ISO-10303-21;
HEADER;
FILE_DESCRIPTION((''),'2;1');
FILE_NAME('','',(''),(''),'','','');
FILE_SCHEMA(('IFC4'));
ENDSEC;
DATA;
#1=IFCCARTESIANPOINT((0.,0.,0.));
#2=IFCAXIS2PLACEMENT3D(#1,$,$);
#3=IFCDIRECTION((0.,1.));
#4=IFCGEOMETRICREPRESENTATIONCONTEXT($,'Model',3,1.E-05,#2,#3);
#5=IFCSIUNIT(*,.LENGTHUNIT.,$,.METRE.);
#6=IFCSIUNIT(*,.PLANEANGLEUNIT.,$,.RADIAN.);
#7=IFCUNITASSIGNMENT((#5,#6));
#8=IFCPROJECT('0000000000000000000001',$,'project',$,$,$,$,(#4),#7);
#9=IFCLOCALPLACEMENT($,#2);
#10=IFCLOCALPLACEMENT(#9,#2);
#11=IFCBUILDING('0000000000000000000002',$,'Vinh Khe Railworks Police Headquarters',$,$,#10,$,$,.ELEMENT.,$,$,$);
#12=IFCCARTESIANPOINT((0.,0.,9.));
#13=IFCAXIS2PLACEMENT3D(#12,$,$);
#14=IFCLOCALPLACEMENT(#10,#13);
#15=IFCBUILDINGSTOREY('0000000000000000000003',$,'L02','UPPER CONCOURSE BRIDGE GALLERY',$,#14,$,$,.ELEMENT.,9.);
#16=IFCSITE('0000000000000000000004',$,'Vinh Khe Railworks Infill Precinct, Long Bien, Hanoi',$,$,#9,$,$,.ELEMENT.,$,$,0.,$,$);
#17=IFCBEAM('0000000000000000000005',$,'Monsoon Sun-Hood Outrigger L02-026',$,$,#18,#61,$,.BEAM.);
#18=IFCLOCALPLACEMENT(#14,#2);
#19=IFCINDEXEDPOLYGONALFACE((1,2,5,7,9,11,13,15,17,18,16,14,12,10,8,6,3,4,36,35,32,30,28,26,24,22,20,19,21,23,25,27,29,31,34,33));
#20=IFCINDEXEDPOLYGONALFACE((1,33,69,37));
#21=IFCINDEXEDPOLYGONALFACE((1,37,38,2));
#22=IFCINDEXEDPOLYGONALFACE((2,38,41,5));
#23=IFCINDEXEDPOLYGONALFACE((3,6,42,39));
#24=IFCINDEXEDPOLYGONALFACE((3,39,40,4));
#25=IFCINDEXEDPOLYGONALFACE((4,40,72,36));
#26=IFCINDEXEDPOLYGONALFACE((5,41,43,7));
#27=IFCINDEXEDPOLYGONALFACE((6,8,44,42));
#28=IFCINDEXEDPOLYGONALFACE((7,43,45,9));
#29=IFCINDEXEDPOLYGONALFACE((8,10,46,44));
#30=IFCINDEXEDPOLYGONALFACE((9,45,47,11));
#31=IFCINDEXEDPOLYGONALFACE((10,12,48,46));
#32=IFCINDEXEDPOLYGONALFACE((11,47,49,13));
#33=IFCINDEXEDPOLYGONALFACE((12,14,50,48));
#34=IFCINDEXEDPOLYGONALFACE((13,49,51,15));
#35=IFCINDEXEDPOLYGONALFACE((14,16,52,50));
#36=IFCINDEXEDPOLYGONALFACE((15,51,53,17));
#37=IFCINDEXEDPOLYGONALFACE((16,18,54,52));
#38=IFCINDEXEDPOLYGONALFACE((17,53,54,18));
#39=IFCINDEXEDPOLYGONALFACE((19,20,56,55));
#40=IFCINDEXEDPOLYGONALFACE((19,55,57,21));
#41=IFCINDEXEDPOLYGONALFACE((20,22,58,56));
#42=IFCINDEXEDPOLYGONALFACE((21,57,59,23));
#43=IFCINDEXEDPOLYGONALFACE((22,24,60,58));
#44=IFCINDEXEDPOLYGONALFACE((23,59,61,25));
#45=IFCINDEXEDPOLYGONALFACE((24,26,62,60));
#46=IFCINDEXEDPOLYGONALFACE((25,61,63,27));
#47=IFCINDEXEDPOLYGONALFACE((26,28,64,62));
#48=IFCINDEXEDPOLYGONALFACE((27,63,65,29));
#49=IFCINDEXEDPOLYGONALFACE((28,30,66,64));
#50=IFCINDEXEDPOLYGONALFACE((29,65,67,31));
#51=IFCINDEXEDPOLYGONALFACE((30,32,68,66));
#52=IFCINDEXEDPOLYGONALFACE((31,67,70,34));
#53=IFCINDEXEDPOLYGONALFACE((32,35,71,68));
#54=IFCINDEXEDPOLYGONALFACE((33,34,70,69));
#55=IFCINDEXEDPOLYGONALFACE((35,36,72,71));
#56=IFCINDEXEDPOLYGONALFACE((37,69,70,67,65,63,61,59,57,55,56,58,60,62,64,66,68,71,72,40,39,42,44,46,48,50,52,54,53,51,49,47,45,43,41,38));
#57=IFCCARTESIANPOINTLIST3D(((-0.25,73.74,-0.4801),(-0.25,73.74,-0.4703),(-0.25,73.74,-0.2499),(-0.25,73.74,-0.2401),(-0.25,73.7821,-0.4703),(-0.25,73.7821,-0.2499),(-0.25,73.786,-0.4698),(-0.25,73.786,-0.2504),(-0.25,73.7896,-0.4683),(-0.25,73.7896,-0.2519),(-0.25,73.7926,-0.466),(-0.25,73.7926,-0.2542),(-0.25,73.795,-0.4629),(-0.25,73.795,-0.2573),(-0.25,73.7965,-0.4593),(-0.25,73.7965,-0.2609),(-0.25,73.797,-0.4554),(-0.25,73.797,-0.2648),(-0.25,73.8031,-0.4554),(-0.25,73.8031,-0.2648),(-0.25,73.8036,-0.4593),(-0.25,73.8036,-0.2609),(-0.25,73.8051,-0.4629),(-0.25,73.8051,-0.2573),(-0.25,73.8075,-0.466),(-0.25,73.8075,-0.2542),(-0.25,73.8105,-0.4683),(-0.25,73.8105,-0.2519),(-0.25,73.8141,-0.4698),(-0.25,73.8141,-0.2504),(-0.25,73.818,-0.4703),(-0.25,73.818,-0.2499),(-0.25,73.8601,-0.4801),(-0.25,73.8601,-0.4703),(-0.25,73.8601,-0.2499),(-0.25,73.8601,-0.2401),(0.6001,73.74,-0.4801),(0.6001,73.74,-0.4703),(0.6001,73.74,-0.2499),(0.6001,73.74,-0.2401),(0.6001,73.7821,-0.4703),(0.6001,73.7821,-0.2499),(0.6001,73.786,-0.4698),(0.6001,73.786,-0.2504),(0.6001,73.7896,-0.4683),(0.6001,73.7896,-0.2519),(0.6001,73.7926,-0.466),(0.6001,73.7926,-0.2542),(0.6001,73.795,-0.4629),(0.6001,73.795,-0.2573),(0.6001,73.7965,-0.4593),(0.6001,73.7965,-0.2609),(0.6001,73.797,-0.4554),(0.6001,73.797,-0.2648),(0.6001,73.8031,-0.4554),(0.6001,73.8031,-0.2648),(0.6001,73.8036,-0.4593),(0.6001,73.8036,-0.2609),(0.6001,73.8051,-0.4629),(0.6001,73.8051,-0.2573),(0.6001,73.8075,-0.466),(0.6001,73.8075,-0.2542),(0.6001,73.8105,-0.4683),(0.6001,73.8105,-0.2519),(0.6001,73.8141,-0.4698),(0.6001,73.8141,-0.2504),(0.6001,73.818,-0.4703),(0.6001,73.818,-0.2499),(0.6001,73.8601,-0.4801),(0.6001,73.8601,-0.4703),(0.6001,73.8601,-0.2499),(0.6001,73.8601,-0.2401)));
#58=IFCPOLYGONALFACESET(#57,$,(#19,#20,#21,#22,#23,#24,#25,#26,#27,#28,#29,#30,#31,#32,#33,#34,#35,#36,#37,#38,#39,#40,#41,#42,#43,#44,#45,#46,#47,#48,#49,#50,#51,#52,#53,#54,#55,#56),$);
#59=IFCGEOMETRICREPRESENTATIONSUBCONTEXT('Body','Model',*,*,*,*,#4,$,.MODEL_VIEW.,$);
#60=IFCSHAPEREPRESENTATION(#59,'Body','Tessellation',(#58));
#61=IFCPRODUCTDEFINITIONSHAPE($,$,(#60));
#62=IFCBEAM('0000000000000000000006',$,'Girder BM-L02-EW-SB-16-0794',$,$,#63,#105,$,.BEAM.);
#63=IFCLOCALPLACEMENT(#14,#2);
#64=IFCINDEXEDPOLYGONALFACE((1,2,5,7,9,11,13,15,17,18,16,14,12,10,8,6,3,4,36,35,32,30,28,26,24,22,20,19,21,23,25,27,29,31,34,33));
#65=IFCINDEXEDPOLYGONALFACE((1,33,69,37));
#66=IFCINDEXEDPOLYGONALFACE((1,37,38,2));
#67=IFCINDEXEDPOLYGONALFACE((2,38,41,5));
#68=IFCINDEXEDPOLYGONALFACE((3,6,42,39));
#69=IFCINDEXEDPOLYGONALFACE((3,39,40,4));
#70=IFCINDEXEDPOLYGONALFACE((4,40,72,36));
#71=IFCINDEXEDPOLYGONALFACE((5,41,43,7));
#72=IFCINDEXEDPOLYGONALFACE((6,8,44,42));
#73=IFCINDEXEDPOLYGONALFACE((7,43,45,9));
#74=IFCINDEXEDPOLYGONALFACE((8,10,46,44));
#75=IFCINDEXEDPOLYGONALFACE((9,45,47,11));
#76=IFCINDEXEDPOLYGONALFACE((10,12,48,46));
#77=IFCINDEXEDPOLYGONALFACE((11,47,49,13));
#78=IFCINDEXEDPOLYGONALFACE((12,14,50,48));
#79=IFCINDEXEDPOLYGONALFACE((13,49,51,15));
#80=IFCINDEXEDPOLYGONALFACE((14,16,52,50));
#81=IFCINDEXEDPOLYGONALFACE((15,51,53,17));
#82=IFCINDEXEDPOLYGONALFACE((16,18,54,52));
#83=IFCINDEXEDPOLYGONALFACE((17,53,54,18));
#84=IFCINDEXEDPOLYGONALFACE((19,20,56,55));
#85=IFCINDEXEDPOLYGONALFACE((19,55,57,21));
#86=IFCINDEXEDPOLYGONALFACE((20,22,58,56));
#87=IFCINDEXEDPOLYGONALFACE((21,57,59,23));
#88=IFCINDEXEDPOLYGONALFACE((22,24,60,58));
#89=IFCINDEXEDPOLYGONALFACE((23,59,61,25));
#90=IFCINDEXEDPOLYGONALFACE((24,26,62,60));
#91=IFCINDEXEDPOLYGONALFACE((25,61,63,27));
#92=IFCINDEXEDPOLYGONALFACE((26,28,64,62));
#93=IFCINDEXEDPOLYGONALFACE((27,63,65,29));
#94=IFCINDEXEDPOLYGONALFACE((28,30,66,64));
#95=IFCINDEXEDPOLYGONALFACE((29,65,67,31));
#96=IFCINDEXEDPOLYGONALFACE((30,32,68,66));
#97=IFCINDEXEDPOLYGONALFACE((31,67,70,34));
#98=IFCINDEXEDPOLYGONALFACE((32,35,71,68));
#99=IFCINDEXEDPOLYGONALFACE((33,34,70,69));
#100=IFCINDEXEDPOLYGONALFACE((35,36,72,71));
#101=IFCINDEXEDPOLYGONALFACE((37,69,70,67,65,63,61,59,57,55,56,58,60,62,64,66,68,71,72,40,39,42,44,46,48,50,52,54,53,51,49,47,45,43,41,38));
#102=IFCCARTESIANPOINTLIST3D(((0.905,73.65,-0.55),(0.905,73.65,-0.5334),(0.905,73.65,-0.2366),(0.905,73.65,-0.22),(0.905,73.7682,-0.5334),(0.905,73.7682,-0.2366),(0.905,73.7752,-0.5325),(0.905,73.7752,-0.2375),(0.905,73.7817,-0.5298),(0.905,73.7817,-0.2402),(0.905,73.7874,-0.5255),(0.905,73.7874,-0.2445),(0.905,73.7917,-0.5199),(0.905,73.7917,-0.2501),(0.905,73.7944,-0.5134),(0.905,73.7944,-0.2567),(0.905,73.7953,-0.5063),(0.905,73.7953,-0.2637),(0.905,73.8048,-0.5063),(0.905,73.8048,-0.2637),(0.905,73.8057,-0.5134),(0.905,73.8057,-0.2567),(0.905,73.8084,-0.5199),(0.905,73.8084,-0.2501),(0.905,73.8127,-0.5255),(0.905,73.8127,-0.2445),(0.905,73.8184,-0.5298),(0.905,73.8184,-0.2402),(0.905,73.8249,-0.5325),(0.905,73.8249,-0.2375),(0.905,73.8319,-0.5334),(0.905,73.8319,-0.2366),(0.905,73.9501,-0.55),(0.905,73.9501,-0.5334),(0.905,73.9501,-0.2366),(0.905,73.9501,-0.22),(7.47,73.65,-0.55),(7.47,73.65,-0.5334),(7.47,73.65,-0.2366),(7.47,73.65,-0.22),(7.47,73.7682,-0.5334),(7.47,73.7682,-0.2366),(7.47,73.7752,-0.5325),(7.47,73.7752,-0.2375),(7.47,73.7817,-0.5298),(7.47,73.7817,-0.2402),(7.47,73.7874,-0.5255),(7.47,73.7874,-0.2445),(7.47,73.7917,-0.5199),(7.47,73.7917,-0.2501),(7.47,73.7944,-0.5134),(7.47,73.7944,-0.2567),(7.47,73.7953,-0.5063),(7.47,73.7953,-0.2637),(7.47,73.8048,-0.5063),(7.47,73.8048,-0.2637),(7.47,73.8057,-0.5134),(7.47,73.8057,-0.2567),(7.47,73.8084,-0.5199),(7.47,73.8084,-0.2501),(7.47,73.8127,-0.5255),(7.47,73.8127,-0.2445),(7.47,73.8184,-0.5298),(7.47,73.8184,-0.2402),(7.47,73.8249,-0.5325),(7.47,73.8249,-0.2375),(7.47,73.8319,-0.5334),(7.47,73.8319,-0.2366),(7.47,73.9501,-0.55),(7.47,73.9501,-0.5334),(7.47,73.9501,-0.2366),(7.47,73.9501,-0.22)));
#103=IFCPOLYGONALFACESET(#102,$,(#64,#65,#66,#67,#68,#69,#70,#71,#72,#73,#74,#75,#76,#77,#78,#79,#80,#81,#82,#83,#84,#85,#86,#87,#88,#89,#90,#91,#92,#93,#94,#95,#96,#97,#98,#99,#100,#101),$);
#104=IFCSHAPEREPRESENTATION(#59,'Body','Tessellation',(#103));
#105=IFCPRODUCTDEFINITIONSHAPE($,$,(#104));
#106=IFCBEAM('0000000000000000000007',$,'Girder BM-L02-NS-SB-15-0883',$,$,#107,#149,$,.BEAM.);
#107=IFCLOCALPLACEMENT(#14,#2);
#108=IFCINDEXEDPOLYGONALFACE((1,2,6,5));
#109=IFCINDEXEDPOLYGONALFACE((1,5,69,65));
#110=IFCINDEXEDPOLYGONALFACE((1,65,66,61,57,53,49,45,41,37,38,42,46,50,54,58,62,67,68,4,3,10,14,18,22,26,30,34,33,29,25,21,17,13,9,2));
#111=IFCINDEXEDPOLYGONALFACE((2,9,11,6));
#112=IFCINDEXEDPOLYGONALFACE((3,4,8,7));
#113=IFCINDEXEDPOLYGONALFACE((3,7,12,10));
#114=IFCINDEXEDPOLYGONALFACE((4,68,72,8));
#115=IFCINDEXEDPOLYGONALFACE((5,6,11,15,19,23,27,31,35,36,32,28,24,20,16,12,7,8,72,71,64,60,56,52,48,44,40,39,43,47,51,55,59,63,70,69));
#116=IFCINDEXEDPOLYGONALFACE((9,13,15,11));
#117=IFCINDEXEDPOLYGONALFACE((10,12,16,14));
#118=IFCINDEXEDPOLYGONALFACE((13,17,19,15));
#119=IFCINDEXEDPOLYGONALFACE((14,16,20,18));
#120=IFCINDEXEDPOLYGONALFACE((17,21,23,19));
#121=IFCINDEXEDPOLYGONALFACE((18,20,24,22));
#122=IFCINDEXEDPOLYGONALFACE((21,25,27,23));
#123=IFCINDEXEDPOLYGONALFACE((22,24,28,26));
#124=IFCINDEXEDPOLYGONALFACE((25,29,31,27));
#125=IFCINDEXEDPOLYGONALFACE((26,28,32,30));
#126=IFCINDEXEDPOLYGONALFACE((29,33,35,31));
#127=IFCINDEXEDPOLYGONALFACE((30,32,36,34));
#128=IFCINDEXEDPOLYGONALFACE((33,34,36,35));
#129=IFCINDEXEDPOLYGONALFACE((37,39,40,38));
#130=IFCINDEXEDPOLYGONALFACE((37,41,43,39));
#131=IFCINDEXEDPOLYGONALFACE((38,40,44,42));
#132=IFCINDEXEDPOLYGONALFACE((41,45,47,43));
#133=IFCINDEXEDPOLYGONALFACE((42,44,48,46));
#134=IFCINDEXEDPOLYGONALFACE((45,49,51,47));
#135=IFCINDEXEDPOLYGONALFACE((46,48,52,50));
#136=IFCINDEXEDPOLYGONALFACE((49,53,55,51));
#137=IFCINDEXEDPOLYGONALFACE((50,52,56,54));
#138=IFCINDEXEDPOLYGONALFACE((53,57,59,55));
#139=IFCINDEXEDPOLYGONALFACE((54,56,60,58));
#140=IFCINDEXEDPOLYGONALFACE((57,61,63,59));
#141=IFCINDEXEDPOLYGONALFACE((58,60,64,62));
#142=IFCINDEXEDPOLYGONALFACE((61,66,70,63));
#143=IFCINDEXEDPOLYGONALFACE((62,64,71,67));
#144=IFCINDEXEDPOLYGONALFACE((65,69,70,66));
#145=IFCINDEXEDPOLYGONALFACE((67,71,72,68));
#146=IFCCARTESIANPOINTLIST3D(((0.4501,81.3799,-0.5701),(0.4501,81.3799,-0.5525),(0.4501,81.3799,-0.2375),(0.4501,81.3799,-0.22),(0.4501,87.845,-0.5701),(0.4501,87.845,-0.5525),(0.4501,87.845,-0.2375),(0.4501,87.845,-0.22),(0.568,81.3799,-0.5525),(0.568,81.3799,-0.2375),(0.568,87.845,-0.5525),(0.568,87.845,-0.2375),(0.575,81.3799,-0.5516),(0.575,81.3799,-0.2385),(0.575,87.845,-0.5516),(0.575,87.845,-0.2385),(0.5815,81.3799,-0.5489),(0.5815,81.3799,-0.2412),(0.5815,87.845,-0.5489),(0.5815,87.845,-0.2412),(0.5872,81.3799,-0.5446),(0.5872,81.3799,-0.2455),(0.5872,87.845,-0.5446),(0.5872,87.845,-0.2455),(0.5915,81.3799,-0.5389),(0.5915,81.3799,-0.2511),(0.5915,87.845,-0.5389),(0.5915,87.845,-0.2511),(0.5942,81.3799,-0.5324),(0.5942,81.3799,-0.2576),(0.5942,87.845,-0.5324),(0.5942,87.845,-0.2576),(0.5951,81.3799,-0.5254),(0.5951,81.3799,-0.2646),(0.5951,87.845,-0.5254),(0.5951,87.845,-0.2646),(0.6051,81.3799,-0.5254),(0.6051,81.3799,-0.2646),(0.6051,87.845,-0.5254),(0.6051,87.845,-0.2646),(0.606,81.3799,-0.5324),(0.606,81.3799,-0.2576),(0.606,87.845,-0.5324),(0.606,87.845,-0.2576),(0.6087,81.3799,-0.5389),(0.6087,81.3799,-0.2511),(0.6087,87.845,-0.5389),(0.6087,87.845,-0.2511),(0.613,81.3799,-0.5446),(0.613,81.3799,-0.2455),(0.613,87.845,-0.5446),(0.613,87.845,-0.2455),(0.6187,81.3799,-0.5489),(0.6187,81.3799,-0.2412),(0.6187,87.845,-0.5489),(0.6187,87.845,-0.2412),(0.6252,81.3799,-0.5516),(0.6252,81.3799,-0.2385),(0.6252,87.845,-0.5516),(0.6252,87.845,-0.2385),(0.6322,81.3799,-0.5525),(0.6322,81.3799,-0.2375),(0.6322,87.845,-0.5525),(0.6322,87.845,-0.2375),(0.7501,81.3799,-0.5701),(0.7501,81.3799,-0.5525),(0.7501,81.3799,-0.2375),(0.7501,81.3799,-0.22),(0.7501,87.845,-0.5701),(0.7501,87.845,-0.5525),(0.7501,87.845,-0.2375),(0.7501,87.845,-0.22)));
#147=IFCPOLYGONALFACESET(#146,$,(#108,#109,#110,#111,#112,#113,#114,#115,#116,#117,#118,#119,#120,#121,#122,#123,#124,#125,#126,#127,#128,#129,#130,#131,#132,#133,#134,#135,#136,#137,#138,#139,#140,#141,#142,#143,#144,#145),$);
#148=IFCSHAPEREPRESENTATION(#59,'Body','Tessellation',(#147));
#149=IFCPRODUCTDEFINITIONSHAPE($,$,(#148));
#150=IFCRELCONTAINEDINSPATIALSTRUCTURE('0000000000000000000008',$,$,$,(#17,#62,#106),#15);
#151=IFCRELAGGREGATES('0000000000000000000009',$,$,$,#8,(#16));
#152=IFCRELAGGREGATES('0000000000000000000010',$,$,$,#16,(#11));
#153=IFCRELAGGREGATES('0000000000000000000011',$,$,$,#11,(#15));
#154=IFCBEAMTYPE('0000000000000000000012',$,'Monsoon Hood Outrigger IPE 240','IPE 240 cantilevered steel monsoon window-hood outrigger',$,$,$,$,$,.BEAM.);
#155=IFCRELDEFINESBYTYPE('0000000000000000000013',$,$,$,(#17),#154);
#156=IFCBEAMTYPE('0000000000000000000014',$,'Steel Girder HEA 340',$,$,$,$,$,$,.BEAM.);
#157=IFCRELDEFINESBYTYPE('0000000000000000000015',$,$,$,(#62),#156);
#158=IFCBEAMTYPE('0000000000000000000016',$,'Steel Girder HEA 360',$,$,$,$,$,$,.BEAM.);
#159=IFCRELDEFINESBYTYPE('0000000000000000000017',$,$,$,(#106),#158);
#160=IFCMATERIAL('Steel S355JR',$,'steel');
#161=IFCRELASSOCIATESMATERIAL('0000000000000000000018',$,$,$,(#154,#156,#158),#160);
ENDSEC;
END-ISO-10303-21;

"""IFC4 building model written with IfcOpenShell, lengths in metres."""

from ifc_helpers import new_model, si_unit, direction, frame, origin, origin_2d, place, context, subcontext, project, spatial, i_section, extrude, material, material_profile, profile_set, type_object, element, save


model = new_model("IFC4")

# Units and contexts
model_context = context("Model", 3, precision=1e-05, world=origin(), true_north=direction((0.0, 1.0)))
body_context = subcontext(model_context, "Body", "Model", "MODEL_VIEW")
ifc_project = project(units=[si_unit("LENGTHUNIT", "METRE"), si_unit("PLANEANGLEUNIT", "RADIAN")], contexts=[model_context])

# Site, building, storey
site_placement = place(None, origin())
site = spatial("IfcSite", under=ifc_project, at=site_placement, Name="Vinh Khe Railworks Infill Precinct, Long Bien, Hanoi", CompositionType="ELEMENT", RefElevation=0.0)
building_placement = place(site_placement, origin())
building = spatial("IfcBuilding", under=site, at=building_placement, Name="Vinh Khe Railworks Police Headquarters", CompositionType="ELEMENT")
storey_placement = place(building_placement, frame((0.0, 0.0, 9.0)))
storey = spatial("IfcBuildingStorey", under=building, at=storey_placement, Name="L02", Description="UPPER CONCOURSE BRIDGE GALLERY", CompositionType="ELEMENT", Elevation=9.0)

# Shared definitions
ifc_material_1 = material(Name="Steel S355JR", Category="steel")

# Beams
ifc_material_profile_1 = material_profile(ifc_material_1, i_section(OverallWidth=0.1201, OverallDepth=0.24, WebThickness=0.0061, FlangeThickness=0.0098, FilletRadius=0.0149, at=origin_2d()), Name="IPE 240")
ifc_profile_set_1 = profile_set([ifc_material_profile_1], Name="Steel S355JR")
beam_type_1 = type_object("IfcBeamType", Name="Monsoon Hood Outrigger IPE 240", Description="IPE 240 cantilevered steel monsoon window-hood outrigger", PredefinedType="BEAM", material=ifc_profile_set_1)
beam_1_placement = place(storey_placement, frame((-0.25, 73.8, -0.3601), z_axis=(1.0, 0.0, 0.0), x_axis=(0.0, 1.0, 0.0)))
element("IfcBeam", 1, at=beam_1_placement, inside=storey, type_object=beam_type_1, Name="Monsoon Sun-Hood Outrigger L02-026", PredefinedType="BEAM", context=body_context, shape_type="SweptSolid", body=[
    extrude(i_section(OverallWidth=0.1201, OverallDepth=0.24, WebThickness=0.0061, FlangeThickness=0.0098, FilletRadius=0.0149, at=origin_2d()), origin(), (0.0, 0.0, 1.0), 0.8501),
])
ifc_material_profile_2 = material_profile(ifc_material_1, i_section(OverallWidth=0.3, OverallDepth=0.3301, WebThickness=0.0095, FlangeThickness=0.0166, FilletRadius=0.0271, at=origin_2d()), Name="HEA 340")
ifc_profile_set_2 = profile_set([ifc_material_profile_2], Name="Steel S355JR")
beam_type_2 = type_object("IfcBeamType", Name="Steel Girder HEA 340", PredefinedType="BEAM", material=ifc_profile_set_2)
beam_2_placement = place(storey_placement, frame((0.905, 73.8, -0.385), z_axis=(1.0, 0.0, 0.0), x_axis=(0.0, 1.0, 0.0)))
element("IfcBeam", 2, at=beam_2_placement, inside=storey, type_object=beam_type_2, Name="Girder BM-L02-EW-SB-16-0794", PredefinedType="BEAM", context=body_context, shape_type="SweptSolid", body=[
    extrude(i_section(OverallWidth=0.3, OverallDepth=0.3301, WebThickness=0.0095, FlangeThickness=0.0166, FilletRadius=0.0271, at=origin_2d()), origin(), (0.0, 0.0, 1.0), 6.5649),
])
ifc_material_profile_3 = material_profile(ifc_material_1, i_section(OverallWidth=0.3, OverallDepth=0.3501, WebThickness=0.01, FlangeThickness=0.0176, FilletRadius=0.0271, at=origin_2d()), Name="HEA 360")
ifc_profile_set_3 = profile_set([ifc_material_profile_3], Name="Steel S355JR")
beam_type_3 = type_object("IfcBeamType", Name="Steel Girder HEA 360", PredefinedType="BEAM", material=ifc_profile_set_3)
beam_3_placement = place(storey_placement, frame((0.6001, 81.3799, -0.395), z_axis=(0.0, 1.0, 0.0), x_axis=(-1.0, 0.0, 0.0)))
element("IfcBeam", 3, at=beam_3_placement, inside=storey, type_object=beam_type_3, Name="Girder BM-L02-NS-SB-15-0883", PredefinedType="BEAM", context=body_context, shape_type="SweptSolid", body=[
    extrude(i_section(OverallWidth=0.3, OverallDepth=0.3501, WebThickness=0.01, FlangeThickness=0.0176, FilletRadius=0.0271, at=origin_2d()), origin(), (0.0, 0.0, 1.0), 6.4651),
])

save(model, "model.ifc")
